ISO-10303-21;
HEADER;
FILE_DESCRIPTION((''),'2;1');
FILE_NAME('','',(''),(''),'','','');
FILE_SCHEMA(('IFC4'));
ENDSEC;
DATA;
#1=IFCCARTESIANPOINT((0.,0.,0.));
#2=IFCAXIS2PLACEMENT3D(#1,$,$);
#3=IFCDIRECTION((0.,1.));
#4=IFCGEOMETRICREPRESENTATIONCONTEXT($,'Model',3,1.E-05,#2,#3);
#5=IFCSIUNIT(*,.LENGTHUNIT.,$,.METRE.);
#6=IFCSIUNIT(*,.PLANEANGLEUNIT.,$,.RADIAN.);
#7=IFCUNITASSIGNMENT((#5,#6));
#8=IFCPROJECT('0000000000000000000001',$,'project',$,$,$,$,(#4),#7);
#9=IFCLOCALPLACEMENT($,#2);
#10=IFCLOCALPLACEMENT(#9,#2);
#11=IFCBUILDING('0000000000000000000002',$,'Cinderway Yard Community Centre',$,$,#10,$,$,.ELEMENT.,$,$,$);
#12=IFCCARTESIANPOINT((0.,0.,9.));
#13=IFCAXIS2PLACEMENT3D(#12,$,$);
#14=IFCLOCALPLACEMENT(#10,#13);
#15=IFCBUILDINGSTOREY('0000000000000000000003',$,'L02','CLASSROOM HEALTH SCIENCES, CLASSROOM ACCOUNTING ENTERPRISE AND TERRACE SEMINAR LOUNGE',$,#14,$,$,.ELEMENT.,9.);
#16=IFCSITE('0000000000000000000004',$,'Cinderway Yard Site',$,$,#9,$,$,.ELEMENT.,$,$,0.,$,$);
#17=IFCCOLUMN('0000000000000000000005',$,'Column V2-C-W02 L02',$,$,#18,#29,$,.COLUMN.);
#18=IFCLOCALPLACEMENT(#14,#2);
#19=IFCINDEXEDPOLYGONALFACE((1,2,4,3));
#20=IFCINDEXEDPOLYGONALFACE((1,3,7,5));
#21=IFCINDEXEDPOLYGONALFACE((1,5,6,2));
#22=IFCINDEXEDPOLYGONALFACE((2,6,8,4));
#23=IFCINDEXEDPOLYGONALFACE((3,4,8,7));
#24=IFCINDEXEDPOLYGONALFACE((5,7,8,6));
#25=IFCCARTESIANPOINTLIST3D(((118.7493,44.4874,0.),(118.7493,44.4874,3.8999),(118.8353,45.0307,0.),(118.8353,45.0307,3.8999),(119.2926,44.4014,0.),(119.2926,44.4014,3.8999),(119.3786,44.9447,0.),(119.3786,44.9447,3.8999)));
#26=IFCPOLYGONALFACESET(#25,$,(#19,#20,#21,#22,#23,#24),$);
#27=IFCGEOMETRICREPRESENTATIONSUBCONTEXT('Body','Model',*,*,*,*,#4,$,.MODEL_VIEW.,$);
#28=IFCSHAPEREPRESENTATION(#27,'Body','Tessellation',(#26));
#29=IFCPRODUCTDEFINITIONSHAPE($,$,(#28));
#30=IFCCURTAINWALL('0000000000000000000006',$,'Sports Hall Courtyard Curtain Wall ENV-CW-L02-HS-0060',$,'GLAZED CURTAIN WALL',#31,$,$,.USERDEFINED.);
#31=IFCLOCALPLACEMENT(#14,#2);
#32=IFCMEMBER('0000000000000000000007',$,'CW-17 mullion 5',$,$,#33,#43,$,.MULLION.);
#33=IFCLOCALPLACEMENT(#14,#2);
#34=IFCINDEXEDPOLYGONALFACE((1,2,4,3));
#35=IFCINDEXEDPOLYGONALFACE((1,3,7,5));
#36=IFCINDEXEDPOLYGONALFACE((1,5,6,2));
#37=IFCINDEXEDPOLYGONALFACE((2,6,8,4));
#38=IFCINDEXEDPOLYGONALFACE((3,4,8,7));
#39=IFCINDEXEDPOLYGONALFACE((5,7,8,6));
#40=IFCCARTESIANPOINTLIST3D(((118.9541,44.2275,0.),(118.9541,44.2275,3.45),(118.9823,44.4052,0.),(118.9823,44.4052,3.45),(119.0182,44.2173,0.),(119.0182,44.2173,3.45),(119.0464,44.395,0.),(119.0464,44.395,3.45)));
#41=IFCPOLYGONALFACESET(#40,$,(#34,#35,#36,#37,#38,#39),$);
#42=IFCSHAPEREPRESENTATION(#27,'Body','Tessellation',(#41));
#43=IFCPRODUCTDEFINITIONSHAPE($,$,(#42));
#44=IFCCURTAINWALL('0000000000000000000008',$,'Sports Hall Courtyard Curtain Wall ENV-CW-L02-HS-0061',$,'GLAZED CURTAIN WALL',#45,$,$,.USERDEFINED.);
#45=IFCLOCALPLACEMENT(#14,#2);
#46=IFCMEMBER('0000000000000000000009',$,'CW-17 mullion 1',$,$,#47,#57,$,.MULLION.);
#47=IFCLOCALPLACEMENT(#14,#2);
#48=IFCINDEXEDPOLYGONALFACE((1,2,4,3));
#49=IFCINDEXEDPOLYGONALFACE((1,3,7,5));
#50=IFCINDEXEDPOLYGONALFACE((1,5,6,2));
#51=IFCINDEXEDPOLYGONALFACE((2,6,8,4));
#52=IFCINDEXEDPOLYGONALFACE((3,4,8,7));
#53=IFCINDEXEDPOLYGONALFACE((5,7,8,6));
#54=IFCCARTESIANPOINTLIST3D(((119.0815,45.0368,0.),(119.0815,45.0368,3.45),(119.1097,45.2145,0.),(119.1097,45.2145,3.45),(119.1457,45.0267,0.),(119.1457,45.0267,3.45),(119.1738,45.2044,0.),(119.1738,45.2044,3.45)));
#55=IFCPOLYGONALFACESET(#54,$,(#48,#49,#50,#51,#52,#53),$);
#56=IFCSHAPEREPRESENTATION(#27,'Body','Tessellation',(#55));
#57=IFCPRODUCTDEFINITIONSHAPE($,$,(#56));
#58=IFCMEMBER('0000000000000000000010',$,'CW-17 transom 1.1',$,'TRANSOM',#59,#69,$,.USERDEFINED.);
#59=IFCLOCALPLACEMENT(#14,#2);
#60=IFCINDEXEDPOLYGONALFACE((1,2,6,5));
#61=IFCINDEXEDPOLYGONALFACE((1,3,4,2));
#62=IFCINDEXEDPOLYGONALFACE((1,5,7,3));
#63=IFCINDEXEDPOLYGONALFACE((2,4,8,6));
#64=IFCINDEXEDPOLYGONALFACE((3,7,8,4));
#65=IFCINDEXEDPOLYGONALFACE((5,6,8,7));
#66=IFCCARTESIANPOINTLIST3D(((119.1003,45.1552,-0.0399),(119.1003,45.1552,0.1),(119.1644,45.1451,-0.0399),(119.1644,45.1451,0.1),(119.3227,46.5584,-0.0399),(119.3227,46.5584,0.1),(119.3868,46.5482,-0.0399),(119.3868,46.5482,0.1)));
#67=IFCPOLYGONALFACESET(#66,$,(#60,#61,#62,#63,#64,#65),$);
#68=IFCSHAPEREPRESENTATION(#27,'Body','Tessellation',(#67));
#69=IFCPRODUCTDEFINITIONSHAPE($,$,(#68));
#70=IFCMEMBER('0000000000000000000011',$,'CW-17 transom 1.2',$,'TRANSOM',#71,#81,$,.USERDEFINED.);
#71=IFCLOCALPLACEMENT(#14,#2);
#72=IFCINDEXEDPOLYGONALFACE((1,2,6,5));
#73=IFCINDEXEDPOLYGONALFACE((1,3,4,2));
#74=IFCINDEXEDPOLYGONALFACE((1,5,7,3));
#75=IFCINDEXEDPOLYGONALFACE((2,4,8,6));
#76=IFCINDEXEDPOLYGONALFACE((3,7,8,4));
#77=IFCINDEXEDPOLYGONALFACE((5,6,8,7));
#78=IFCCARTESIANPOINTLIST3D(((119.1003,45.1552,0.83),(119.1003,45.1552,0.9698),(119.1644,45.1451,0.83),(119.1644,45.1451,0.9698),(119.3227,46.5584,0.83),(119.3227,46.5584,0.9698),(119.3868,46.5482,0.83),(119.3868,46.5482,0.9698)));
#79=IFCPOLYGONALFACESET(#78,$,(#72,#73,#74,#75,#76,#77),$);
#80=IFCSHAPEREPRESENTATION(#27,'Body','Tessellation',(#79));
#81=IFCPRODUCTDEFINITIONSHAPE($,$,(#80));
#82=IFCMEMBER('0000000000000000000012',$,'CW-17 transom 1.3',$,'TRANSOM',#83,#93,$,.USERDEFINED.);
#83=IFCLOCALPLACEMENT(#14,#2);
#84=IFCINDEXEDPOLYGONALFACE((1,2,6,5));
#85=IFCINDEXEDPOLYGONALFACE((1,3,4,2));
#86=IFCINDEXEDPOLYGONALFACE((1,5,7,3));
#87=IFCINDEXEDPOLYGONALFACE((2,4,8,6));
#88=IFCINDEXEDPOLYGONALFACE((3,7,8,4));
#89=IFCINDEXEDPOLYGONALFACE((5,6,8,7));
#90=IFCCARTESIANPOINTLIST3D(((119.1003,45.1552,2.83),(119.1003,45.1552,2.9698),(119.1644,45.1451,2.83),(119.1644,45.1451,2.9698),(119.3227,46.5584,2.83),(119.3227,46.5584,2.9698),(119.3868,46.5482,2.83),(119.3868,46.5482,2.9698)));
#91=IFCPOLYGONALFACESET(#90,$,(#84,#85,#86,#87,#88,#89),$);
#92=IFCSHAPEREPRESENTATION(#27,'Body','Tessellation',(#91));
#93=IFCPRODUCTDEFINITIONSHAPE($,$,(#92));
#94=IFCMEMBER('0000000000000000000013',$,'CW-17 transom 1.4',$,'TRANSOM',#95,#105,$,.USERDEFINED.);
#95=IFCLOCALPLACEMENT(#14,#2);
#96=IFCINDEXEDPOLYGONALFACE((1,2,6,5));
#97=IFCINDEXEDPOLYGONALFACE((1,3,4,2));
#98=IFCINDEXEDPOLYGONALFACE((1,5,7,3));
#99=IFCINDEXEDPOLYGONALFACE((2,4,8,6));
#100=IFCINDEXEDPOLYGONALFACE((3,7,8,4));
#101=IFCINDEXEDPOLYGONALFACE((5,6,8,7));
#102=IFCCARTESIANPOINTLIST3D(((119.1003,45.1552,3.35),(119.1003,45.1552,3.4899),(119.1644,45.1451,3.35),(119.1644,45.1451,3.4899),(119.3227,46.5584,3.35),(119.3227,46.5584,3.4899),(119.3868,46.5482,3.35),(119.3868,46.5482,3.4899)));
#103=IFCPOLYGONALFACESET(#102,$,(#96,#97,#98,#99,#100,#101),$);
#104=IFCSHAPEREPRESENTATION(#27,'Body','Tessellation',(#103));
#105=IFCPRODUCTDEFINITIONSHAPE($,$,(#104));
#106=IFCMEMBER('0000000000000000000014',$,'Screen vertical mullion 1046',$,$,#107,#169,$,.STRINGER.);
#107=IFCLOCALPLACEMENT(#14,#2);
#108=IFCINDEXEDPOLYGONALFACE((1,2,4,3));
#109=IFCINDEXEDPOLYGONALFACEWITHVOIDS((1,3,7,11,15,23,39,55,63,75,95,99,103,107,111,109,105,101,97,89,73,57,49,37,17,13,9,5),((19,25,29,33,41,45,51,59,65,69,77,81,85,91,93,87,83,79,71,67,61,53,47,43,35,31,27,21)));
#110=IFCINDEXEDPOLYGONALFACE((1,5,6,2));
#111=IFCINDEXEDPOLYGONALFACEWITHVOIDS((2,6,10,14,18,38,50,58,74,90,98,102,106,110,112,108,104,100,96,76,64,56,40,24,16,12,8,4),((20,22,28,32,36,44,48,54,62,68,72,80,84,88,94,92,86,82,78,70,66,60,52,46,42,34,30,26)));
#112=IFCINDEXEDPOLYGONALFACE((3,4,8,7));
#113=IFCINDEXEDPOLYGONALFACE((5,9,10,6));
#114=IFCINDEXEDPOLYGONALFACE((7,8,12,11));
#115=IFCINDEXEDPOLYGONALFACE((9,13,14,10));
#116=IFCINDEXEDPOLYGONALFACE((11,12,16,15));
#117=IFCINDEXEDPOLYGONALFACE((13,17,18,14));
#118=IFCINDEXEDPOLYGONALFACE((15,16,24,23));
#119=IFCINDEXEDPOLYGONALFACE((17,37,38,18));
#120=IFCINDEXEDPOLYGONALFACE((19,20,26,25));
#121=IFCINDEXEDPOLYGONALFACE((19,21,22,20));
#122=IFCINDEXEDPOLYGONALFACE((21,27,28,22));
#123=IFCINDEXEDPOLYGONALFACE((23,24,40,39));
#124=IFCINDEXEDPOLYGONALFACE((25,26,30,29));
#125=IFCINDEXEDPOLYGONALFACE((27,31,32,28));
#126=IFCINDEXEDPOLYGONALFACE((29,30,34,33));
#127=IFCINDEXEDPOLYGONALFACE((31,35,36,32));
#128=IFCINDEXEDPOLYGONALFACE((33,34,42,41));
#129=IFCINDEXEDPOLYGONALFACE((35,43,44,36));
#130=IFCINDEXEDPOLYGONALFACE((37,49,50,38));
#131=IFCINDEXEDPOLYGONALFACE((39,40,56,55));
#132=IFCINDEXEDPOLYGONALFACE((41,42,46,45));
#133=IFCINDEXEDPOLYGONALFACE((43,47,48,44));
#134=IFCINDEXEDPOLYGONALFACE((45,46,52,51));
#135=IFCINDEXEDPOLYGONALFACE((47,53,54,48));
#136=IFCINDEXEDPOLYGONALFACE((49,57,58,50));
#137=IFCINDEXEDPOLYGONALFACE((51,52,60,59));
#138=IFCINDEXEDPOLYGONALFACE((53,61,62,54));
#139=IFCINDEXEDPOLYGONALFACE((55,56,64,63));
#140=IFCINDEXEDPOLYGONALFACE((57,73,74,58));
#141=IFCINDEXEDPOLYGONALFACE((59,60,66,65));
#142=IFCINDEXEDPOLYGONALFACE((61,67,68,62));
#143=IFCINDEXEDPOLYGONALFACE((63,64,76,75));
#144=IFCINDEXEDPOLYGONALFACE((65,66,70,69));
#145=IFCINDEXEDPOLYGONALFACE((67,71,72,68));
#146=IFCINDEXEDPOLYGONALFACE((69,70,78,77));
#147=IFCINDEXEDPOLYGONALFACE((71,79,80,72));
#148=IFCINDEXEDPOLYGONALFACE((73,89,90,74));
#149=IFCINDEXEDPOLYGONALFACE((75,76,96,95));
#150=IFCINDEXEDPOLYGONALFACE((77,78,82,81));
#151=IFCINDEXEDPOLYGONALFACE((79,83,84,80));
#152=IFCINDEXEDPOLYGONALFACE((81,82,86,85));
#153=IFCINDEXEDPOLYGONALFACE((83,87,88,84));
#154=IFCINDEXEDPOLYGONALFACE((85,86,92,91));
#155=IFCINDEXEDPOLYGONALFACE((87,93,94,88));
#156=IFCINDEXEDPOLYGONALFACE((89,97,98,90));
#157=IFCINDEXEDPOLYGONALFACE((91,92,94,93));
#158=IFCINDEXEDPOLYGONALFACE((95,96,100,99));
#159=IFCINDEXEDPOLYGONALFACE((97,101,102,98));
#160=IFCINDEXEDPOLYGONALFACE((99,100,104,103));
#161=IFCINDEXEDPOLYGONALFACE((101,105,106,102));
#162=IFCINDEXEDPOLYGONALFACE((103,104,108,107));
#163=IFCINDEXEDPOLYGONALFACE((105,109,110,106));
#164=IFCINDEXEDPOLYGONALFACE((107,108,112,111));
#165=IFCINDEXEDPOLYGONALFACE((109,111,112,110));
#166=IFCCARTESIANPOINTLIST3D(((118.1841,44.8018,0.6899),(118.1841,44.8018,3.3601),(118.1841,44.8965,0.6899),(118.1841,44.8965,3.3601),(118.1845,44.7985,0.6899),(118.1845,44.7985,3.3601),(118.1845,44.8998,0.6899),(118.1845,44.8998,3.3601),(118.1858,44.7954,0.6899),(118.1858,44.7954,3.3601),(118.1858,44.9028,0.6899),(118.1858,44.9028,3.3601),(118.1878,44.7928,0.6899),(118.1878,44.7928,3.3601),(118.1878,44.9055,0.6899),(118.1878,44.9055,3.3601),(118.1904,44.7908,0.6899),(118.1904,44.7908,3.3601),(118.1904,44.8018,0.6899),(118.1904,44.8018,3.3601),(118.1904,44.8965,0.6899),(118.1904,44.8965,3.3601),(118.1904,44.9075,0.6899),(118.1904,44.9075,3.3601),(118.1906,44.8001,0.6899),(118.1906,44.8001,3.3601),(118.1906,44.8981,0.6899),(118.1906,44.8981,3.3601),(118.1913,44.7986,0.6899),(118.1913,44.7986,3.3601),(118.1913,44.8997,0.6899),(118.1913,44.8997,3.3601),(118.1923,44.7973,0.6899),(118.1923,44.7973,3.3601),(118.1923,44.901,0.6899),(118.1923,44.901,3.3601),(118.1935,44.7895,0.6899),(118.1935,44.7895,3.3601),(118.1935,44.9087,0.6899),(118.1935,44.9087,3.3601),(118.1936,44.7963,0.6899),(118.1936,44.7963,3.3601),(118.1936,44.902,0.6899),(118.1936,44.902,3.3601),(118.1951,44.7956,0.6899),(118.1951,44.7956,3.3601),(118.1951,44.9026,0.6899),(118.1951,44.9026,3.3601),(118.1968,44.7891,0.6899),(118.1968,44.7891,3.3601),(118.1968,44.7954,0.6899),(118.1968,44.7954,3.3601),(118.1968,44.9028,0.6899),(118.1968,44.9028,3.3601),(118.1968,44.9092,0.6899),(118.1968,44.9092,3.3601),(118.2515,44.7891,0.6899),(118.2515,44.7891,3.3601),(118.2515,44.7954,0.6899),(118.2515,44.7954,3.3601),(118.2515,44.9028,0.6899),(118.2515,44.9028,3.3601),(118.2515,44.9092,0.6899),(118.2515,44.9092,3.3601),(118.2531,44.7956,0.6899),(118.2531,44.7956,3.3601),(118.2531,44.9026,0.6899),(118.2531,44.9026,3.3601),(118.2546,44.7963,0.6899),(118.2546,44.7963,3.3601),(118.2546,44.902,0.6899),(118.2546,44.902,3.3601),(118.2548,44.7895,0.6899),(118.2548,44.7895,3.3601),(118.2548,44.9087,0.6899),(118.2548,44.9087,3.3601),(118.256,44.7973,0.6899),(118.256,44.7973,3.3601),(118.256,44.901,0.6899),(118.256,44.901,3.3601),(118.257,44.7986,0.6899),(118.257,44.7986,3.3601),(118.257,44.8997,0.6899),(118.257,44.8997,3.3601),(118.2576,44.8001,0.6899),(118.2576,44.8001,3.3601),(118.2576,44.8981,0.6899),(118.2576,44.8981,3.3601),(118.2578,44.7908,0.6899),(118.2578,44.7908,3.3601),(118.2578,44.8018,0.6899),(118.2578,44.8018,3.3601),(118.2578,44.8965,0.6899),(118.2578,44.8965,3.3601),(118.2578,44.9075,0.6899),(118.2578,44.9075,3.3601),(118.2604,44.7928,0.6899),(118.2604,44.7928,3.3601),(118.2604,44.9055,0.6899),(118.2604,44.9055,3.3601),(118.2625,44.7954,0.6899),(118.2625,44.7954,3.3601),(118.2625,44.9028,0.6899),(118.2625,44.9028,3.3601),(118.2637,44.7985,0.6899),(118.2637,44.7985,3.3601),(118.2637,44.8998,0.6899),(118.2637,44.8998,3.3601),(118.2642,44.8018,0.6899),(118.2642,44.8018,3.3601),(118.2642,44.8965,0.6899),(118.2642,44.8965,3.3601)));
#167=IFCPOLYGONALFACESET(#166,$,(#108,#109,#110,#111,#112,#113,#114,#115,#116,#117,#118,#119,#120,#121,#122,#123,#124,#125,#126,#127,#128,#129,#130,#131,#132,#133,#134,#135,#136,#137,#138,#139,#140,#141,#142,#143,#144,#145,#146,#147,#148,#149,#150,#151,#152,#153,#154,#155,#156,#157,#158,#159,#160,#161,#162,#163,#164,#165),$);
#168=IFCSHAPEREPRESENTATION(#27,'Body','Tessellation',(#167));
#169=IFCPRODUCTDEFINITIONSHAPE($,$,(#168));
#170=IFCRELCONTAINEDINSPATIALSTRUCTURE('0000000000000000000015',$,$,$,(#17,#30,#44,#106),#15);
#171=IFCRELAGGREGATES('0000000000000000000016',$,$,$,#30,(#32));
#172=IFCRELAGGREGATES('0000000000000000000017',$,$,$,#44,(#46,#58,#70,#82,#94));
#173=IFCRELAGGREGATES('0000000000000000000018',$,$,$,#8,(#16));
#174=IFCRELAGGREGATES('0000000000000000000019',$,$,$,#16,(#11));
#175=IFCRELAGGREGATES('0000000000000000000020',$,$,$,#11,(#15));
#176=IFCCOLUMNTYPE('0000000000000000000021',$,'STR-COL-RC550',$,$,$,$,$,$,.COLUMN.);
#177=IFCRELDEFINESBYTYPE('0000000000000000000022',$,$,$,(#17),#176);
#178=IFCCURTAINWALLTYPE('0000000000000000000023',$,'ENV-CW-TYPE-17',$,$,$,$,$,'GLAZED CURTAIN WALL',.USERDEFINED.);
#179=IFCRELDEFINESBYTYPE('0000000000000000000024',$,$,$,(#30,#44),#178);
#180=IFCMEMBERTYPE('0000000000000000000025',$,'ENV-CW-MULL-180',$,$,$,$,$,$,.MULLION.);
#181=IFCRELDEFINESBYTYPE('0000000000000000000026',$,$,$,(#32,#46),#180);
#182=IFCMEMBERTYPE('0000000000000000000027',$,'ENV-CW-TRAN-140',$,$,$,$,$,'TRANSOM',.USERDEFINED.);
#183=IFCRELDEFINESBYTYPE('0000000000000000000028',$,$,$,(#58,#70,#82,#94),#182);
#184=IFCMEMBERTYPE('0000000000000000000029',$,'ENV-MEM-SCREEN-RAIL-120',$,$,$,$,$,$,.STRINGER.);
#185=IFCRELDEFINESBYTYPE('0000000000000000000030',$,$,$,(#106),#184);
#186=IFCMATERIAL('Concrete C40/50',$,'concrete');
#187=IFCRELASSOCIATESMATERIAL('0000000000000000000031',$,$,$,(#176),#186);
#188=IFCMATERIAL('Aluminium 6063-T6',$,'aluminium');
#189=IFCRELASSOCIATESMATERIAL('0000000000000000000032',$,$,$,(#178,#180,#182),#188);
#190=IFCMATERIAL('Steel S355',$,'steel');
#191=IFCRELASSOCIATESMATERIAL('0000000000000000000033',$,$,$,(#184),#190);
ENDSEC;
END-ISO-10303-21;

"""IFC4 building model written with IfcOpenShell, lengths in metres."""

from ifc_helpers import new_model, si_unit, direction, frame, origin, origin_2d, place, context, subcontext, project, spatial, rectangle, hollow_rectangle, extrude, material, material_profile, profile_set, type_object, element, aggregate, save


model = new_model("IFC4")

# Units and contexts
model_context = context("Model", 3, precision=1e-05, world=origin(), true_north=direction((0.0, 1.0)))
body_context = subcontext(model_context, "Body", "Model", "MODEL_VIEW")
ifc_project = project(units=[si_unit("LENGTHUNIT", "METRE"), si_unit("PLANEANGLEUNIT", "RADIAN")], contexts=[model_context])

# Site, building, storey
site_placement = place(None, origin())
site = spatial("IfcSite", under=ifc_project, at=site_placement, Name="Cinderway Yard Site", CompositionType="ELEMENT", RefElevation=0.0)
building_placement = place(site_placement, origin())
building = spatial("IfcBuilding", under=site, at=building_placement, Name="Cinderway Yard Community Centre", CompositionType="ELEMENT")
storey_placement = place(building_placement, frame((0.0, 0.0, 9.0)))
storey = spatial("IfcBuildingStorey", under=building, at=storey_placement, Name="L02", Description="CLASSROOM HEALTH SCIENCES, CLASSROOM ACCOUNTING ENTERPRISE AND TERRACE SEMINAR LOUNGE", CompositionType="ELEMENT", Elevation=9.0)

# Column
ifc_material_1 = material(Name="Concrete C40/50", Category="concrete")
ifc_material_profile_1 = material_profile(ifc_material_1, rectangle(XDim=0.55, YDim=0.55, at=origin_2d()), Name="Concrete C40/50")
ifc_profile_set_1 = profile_set([ifc_material_profile_1], Name="Concrete C40/50")
column_type = type_object("IfcColumnType", Name="STR-COL-RC550", PredefinedType="COLUMN", material=ifc_profile_set_1)
column_placement = place(storey_placement, frame((119.064, 44.7161, 0.0), z_axis=(0.0, 0.0, 1.0), x_axis=(0.987688, -0.156434, 0.0)))
element("IfcColumn", 1, at=column_placement, inside=storey, type_object=column_type, Name="Column V2-C-W02 L02", PredefinedType="COLUMN", context=body_context, shape_type="SweptSolid", body=[
    extrude(rectangle(XDim=0.55, YDim=0.55, at=origin_2d()), origin(), (0.0, 0.0, 1.0), 3.8999),
])

# Curtain wall, member
ifc_material_2 = material(Name="Aluminium 6063-T6", Category="aluminium")
curtain_wall_type = type_object("IfcCurtainWallType", Name="ENV-CW-TYPE-17", ElementType="GLAZED CURTAIN WALL", PredefinedType="USERDEFINED", material=ifc_material_2)
curtain_wall_1_placement = place(storey_placement, origin())
curtain_wall_1 = element("IfcCurtainWall", 2, at=curtain_wall_1_placement, inside=storey, type_object=curtain_wall_type, Name="Sports Hall Courtyard Curtain Wall ENV-CW-L02-HS-0060", ObjectType="GLAZED CURTAIN WALL", PredefinedType="USERDEFINED")
ifc_material_profile_2 = material_profile(ifc_material_2, rectangle(XDim=0.0649, YDim=0.1799, at=origin_2d()), Name="Aluminium 6063-T6")
ifc_profile_set_2 = profile_set([ifc_material_profile_2], Name="Aluminium 6063-T6")
member_type_1 = type_object("IfcMemberType", Name="ENV-CW-MULL-180", PredefinedType="MULLION", material=ifc_profile_set_2)
member_1_placement = place(storey_placement, frame((119.0002, 44.3113, 0.0), z_axis=(0.0, 0.0, 1.0), x_axis=(-0.987661, 0.156609, 0.0)))
member_1 = element("IfcMember", 3, at=member_1_placement, type_object=member_type_1, Name="CW-17 mullion 5", PredefinedType="MULLION", context=body_context, shape_type="SweptSolid", body=[
    extrude(rectangle(XDim=0.0649, YDim=0.1799, at=origin_2d()), origin(), (0.0, 0.0, 1.0), 3.45),
])
aggregate(curtain_wall_1, [member_1])

# Curtain wall, members
curtain_wall_2_placement = place(storey_placement, origin())
curtain_wall_2 = element("IfcCurtainWall", 4, at=curtain_wall_2_placement, inside=storey, type_object=curtain_wall_type, Name="Sports Hall Courtyard Curtain Wall ENV-CW-L02-HS-0061", ObjectType="GLAZED CURTAIN WALL", PredefinedType="USERDEFINED")
member_2_placement = place(storey_placement, frame((119.1277, 45.1206, 0.0), z_axis=(0.0, 0.0, 1.0), x_axis=(-0.987665, 0.156583, 0.0)))
member_2 = element("IfcMember", 5, at=member_2_placement, type_object=member_type_1, Name="CW-17 mullion 1", PredefinedType="MULLION", context=body_context, shape_type="SweptSolid", body=[
    extrude(rectangle(XDim=0.0649, YDim=0.1799, at=origin_2d()), origin(), (0.0, 0.0, 1.0), 3.45),
])
ifc_material_profile_3 = material_profile(ifc_material_2, rectangle(XDim=0.0649, YDim=0.1399, at=origin_2d()), Name="Aluminium 6063-T6")
ifc_profile_set_3 = profile_set([ifc_material_profile_3], Name="Aluminium 6063-T6")
member_type_2 = type_object("IfcMemberType", Name="ENV-CW-TRAN-140", ElementType="TRANSOM", PredefinedType="USERDEFINED", material=ifc_profile_set_3)
member_3_placement = place(storey_placement, frame((119.1323, 45.1501, 0.03), z_axis=(0.156563, 0.987668, 0.0), x_axis=(-0.987668, 0.156563, 0.0)))
member_3 = element("IfcMember", 6, at=member_3_placement, type_object=member_type_2, Name="CW-17 transom 1.1", ObjectType="TRANSOM", PredefinedType="USERDEFINED", context=body_context, shape_type="SweptSolid", body=[
    extrude(rectangle(XDim=0.0649, YDim=0.1399, at=origin_2d()), origin(), (0.0, 0.0, 1.0), 1.4207),
])
member_4_placement = place(storey_placement, frame((119.1323, 45.1501, 0.8999), z_axis=(0.156563, 0.987668, 0.0), x_axis=(-0.987668, 0.156563, 0.0)))
member_4 = element("IfcMember", 7, at=member_4_placement, type_object=member_type_2, Name="CW-17 transom 1.2", ObjectType="TRANSOM", PredefinedType="USERDEFINED", context=body_context, shape_type="SweptSolid", body=[
    extrude(rectangle(XDim=0.0649, YDim=0.1399, at=origin_2d()), origin(), (0.0, 0.0, 1.0), 1.4207),
])
member_5_placement = place(storey_placement, frame((119.1323, 45.1501, 2.8999), z_axis=(0.156563, 0.987668, 0.0), x_axis=(-0.987668, 0.156563, 0.0)))
member_5 = element("IfcMember", 8, at=member_5_placement, type_object=member_type_2, Name="CW-17 transom 1.3", ObjectType="TRANSOM", PredefinedType="USERDEFINED", context=body_context, shape_type="SweptSolid", body=[
    extrude(rectangle(XDim=0.0649, YDim=0.1399, at=origin_2d()), origin(), (0.0, 0.0, 1.0), 1.4207),
])
member_6_placement = place(storey_placement, frame((119.1323, 45.1501, 3.4199), z_axis=(0.156563, 0.987668, 0.0), x_axis=(-0.987668, 0.156563, 0.0)))
member_6 = element("IfcMember", 9, at=member_6_placement, type_object=member_type_2, Name="CW-17 transom 1.4", ObjectType="TRANSOM", PredefinedType="USERDEFINED", context=body_context, shape_type="SweptSolid", body=[
    extrude(rectangle(XDim=0.0649, YDim=0.1399, at=origin_2d()), origin(), (0.0, 0.0, 1.0), 1.4207),
])
aggregate(curtain_wall_2, [member_2, member_3, member_4, member_5, member_6])

# Member
ifc_material_3 = material(Name="Steel S355", Category="steel")
ifc_material_profile_4 = material_profile(ifc_material_3, hollow_rectangle(XDim=0.0801, YDim=0.1201, WallThickness=0.0063, InnerFilletRadius=0.0063, OuterFilletRadius=0.0127, at=origin_2d()), Name="Steel S355")
ifc_profile_set_4 = profile_set([ifc_material_profile_4], Name="Steel S355")
member_type_3 = type_object("IfcMemberType", Name="ENV-MEM-SCREEN-RAIL-120", PredefinedType="STRINGER", material=ifc_profile_set_4)
member_7_placement = place(storey_placement, frame((118.2241, 44.8491, 0.6899), z_axis=(0.0, 0.0, 1.0), x_axis=(1.0, 0.0, 0.0)))
element("IfcMember", 10, at=member_7_placement, inside=storey, type_object=member_type_3, Name="Screen vertical mullion 1046", PredefinedType="STRINGER", context=body_context, shape_type="SweptSolid", body=[
    extrude(hollow_rectangle(XDim=0.0801, YDim=0.1201, WallThickness=0.0063, InnerFilletRadius=0.0063, OuterFilletRadius=0.0127, at=origin_2d()), origin(), (0.0, 0.0, 1.0), 2.6702),
])

save(model, "model.ifc")
